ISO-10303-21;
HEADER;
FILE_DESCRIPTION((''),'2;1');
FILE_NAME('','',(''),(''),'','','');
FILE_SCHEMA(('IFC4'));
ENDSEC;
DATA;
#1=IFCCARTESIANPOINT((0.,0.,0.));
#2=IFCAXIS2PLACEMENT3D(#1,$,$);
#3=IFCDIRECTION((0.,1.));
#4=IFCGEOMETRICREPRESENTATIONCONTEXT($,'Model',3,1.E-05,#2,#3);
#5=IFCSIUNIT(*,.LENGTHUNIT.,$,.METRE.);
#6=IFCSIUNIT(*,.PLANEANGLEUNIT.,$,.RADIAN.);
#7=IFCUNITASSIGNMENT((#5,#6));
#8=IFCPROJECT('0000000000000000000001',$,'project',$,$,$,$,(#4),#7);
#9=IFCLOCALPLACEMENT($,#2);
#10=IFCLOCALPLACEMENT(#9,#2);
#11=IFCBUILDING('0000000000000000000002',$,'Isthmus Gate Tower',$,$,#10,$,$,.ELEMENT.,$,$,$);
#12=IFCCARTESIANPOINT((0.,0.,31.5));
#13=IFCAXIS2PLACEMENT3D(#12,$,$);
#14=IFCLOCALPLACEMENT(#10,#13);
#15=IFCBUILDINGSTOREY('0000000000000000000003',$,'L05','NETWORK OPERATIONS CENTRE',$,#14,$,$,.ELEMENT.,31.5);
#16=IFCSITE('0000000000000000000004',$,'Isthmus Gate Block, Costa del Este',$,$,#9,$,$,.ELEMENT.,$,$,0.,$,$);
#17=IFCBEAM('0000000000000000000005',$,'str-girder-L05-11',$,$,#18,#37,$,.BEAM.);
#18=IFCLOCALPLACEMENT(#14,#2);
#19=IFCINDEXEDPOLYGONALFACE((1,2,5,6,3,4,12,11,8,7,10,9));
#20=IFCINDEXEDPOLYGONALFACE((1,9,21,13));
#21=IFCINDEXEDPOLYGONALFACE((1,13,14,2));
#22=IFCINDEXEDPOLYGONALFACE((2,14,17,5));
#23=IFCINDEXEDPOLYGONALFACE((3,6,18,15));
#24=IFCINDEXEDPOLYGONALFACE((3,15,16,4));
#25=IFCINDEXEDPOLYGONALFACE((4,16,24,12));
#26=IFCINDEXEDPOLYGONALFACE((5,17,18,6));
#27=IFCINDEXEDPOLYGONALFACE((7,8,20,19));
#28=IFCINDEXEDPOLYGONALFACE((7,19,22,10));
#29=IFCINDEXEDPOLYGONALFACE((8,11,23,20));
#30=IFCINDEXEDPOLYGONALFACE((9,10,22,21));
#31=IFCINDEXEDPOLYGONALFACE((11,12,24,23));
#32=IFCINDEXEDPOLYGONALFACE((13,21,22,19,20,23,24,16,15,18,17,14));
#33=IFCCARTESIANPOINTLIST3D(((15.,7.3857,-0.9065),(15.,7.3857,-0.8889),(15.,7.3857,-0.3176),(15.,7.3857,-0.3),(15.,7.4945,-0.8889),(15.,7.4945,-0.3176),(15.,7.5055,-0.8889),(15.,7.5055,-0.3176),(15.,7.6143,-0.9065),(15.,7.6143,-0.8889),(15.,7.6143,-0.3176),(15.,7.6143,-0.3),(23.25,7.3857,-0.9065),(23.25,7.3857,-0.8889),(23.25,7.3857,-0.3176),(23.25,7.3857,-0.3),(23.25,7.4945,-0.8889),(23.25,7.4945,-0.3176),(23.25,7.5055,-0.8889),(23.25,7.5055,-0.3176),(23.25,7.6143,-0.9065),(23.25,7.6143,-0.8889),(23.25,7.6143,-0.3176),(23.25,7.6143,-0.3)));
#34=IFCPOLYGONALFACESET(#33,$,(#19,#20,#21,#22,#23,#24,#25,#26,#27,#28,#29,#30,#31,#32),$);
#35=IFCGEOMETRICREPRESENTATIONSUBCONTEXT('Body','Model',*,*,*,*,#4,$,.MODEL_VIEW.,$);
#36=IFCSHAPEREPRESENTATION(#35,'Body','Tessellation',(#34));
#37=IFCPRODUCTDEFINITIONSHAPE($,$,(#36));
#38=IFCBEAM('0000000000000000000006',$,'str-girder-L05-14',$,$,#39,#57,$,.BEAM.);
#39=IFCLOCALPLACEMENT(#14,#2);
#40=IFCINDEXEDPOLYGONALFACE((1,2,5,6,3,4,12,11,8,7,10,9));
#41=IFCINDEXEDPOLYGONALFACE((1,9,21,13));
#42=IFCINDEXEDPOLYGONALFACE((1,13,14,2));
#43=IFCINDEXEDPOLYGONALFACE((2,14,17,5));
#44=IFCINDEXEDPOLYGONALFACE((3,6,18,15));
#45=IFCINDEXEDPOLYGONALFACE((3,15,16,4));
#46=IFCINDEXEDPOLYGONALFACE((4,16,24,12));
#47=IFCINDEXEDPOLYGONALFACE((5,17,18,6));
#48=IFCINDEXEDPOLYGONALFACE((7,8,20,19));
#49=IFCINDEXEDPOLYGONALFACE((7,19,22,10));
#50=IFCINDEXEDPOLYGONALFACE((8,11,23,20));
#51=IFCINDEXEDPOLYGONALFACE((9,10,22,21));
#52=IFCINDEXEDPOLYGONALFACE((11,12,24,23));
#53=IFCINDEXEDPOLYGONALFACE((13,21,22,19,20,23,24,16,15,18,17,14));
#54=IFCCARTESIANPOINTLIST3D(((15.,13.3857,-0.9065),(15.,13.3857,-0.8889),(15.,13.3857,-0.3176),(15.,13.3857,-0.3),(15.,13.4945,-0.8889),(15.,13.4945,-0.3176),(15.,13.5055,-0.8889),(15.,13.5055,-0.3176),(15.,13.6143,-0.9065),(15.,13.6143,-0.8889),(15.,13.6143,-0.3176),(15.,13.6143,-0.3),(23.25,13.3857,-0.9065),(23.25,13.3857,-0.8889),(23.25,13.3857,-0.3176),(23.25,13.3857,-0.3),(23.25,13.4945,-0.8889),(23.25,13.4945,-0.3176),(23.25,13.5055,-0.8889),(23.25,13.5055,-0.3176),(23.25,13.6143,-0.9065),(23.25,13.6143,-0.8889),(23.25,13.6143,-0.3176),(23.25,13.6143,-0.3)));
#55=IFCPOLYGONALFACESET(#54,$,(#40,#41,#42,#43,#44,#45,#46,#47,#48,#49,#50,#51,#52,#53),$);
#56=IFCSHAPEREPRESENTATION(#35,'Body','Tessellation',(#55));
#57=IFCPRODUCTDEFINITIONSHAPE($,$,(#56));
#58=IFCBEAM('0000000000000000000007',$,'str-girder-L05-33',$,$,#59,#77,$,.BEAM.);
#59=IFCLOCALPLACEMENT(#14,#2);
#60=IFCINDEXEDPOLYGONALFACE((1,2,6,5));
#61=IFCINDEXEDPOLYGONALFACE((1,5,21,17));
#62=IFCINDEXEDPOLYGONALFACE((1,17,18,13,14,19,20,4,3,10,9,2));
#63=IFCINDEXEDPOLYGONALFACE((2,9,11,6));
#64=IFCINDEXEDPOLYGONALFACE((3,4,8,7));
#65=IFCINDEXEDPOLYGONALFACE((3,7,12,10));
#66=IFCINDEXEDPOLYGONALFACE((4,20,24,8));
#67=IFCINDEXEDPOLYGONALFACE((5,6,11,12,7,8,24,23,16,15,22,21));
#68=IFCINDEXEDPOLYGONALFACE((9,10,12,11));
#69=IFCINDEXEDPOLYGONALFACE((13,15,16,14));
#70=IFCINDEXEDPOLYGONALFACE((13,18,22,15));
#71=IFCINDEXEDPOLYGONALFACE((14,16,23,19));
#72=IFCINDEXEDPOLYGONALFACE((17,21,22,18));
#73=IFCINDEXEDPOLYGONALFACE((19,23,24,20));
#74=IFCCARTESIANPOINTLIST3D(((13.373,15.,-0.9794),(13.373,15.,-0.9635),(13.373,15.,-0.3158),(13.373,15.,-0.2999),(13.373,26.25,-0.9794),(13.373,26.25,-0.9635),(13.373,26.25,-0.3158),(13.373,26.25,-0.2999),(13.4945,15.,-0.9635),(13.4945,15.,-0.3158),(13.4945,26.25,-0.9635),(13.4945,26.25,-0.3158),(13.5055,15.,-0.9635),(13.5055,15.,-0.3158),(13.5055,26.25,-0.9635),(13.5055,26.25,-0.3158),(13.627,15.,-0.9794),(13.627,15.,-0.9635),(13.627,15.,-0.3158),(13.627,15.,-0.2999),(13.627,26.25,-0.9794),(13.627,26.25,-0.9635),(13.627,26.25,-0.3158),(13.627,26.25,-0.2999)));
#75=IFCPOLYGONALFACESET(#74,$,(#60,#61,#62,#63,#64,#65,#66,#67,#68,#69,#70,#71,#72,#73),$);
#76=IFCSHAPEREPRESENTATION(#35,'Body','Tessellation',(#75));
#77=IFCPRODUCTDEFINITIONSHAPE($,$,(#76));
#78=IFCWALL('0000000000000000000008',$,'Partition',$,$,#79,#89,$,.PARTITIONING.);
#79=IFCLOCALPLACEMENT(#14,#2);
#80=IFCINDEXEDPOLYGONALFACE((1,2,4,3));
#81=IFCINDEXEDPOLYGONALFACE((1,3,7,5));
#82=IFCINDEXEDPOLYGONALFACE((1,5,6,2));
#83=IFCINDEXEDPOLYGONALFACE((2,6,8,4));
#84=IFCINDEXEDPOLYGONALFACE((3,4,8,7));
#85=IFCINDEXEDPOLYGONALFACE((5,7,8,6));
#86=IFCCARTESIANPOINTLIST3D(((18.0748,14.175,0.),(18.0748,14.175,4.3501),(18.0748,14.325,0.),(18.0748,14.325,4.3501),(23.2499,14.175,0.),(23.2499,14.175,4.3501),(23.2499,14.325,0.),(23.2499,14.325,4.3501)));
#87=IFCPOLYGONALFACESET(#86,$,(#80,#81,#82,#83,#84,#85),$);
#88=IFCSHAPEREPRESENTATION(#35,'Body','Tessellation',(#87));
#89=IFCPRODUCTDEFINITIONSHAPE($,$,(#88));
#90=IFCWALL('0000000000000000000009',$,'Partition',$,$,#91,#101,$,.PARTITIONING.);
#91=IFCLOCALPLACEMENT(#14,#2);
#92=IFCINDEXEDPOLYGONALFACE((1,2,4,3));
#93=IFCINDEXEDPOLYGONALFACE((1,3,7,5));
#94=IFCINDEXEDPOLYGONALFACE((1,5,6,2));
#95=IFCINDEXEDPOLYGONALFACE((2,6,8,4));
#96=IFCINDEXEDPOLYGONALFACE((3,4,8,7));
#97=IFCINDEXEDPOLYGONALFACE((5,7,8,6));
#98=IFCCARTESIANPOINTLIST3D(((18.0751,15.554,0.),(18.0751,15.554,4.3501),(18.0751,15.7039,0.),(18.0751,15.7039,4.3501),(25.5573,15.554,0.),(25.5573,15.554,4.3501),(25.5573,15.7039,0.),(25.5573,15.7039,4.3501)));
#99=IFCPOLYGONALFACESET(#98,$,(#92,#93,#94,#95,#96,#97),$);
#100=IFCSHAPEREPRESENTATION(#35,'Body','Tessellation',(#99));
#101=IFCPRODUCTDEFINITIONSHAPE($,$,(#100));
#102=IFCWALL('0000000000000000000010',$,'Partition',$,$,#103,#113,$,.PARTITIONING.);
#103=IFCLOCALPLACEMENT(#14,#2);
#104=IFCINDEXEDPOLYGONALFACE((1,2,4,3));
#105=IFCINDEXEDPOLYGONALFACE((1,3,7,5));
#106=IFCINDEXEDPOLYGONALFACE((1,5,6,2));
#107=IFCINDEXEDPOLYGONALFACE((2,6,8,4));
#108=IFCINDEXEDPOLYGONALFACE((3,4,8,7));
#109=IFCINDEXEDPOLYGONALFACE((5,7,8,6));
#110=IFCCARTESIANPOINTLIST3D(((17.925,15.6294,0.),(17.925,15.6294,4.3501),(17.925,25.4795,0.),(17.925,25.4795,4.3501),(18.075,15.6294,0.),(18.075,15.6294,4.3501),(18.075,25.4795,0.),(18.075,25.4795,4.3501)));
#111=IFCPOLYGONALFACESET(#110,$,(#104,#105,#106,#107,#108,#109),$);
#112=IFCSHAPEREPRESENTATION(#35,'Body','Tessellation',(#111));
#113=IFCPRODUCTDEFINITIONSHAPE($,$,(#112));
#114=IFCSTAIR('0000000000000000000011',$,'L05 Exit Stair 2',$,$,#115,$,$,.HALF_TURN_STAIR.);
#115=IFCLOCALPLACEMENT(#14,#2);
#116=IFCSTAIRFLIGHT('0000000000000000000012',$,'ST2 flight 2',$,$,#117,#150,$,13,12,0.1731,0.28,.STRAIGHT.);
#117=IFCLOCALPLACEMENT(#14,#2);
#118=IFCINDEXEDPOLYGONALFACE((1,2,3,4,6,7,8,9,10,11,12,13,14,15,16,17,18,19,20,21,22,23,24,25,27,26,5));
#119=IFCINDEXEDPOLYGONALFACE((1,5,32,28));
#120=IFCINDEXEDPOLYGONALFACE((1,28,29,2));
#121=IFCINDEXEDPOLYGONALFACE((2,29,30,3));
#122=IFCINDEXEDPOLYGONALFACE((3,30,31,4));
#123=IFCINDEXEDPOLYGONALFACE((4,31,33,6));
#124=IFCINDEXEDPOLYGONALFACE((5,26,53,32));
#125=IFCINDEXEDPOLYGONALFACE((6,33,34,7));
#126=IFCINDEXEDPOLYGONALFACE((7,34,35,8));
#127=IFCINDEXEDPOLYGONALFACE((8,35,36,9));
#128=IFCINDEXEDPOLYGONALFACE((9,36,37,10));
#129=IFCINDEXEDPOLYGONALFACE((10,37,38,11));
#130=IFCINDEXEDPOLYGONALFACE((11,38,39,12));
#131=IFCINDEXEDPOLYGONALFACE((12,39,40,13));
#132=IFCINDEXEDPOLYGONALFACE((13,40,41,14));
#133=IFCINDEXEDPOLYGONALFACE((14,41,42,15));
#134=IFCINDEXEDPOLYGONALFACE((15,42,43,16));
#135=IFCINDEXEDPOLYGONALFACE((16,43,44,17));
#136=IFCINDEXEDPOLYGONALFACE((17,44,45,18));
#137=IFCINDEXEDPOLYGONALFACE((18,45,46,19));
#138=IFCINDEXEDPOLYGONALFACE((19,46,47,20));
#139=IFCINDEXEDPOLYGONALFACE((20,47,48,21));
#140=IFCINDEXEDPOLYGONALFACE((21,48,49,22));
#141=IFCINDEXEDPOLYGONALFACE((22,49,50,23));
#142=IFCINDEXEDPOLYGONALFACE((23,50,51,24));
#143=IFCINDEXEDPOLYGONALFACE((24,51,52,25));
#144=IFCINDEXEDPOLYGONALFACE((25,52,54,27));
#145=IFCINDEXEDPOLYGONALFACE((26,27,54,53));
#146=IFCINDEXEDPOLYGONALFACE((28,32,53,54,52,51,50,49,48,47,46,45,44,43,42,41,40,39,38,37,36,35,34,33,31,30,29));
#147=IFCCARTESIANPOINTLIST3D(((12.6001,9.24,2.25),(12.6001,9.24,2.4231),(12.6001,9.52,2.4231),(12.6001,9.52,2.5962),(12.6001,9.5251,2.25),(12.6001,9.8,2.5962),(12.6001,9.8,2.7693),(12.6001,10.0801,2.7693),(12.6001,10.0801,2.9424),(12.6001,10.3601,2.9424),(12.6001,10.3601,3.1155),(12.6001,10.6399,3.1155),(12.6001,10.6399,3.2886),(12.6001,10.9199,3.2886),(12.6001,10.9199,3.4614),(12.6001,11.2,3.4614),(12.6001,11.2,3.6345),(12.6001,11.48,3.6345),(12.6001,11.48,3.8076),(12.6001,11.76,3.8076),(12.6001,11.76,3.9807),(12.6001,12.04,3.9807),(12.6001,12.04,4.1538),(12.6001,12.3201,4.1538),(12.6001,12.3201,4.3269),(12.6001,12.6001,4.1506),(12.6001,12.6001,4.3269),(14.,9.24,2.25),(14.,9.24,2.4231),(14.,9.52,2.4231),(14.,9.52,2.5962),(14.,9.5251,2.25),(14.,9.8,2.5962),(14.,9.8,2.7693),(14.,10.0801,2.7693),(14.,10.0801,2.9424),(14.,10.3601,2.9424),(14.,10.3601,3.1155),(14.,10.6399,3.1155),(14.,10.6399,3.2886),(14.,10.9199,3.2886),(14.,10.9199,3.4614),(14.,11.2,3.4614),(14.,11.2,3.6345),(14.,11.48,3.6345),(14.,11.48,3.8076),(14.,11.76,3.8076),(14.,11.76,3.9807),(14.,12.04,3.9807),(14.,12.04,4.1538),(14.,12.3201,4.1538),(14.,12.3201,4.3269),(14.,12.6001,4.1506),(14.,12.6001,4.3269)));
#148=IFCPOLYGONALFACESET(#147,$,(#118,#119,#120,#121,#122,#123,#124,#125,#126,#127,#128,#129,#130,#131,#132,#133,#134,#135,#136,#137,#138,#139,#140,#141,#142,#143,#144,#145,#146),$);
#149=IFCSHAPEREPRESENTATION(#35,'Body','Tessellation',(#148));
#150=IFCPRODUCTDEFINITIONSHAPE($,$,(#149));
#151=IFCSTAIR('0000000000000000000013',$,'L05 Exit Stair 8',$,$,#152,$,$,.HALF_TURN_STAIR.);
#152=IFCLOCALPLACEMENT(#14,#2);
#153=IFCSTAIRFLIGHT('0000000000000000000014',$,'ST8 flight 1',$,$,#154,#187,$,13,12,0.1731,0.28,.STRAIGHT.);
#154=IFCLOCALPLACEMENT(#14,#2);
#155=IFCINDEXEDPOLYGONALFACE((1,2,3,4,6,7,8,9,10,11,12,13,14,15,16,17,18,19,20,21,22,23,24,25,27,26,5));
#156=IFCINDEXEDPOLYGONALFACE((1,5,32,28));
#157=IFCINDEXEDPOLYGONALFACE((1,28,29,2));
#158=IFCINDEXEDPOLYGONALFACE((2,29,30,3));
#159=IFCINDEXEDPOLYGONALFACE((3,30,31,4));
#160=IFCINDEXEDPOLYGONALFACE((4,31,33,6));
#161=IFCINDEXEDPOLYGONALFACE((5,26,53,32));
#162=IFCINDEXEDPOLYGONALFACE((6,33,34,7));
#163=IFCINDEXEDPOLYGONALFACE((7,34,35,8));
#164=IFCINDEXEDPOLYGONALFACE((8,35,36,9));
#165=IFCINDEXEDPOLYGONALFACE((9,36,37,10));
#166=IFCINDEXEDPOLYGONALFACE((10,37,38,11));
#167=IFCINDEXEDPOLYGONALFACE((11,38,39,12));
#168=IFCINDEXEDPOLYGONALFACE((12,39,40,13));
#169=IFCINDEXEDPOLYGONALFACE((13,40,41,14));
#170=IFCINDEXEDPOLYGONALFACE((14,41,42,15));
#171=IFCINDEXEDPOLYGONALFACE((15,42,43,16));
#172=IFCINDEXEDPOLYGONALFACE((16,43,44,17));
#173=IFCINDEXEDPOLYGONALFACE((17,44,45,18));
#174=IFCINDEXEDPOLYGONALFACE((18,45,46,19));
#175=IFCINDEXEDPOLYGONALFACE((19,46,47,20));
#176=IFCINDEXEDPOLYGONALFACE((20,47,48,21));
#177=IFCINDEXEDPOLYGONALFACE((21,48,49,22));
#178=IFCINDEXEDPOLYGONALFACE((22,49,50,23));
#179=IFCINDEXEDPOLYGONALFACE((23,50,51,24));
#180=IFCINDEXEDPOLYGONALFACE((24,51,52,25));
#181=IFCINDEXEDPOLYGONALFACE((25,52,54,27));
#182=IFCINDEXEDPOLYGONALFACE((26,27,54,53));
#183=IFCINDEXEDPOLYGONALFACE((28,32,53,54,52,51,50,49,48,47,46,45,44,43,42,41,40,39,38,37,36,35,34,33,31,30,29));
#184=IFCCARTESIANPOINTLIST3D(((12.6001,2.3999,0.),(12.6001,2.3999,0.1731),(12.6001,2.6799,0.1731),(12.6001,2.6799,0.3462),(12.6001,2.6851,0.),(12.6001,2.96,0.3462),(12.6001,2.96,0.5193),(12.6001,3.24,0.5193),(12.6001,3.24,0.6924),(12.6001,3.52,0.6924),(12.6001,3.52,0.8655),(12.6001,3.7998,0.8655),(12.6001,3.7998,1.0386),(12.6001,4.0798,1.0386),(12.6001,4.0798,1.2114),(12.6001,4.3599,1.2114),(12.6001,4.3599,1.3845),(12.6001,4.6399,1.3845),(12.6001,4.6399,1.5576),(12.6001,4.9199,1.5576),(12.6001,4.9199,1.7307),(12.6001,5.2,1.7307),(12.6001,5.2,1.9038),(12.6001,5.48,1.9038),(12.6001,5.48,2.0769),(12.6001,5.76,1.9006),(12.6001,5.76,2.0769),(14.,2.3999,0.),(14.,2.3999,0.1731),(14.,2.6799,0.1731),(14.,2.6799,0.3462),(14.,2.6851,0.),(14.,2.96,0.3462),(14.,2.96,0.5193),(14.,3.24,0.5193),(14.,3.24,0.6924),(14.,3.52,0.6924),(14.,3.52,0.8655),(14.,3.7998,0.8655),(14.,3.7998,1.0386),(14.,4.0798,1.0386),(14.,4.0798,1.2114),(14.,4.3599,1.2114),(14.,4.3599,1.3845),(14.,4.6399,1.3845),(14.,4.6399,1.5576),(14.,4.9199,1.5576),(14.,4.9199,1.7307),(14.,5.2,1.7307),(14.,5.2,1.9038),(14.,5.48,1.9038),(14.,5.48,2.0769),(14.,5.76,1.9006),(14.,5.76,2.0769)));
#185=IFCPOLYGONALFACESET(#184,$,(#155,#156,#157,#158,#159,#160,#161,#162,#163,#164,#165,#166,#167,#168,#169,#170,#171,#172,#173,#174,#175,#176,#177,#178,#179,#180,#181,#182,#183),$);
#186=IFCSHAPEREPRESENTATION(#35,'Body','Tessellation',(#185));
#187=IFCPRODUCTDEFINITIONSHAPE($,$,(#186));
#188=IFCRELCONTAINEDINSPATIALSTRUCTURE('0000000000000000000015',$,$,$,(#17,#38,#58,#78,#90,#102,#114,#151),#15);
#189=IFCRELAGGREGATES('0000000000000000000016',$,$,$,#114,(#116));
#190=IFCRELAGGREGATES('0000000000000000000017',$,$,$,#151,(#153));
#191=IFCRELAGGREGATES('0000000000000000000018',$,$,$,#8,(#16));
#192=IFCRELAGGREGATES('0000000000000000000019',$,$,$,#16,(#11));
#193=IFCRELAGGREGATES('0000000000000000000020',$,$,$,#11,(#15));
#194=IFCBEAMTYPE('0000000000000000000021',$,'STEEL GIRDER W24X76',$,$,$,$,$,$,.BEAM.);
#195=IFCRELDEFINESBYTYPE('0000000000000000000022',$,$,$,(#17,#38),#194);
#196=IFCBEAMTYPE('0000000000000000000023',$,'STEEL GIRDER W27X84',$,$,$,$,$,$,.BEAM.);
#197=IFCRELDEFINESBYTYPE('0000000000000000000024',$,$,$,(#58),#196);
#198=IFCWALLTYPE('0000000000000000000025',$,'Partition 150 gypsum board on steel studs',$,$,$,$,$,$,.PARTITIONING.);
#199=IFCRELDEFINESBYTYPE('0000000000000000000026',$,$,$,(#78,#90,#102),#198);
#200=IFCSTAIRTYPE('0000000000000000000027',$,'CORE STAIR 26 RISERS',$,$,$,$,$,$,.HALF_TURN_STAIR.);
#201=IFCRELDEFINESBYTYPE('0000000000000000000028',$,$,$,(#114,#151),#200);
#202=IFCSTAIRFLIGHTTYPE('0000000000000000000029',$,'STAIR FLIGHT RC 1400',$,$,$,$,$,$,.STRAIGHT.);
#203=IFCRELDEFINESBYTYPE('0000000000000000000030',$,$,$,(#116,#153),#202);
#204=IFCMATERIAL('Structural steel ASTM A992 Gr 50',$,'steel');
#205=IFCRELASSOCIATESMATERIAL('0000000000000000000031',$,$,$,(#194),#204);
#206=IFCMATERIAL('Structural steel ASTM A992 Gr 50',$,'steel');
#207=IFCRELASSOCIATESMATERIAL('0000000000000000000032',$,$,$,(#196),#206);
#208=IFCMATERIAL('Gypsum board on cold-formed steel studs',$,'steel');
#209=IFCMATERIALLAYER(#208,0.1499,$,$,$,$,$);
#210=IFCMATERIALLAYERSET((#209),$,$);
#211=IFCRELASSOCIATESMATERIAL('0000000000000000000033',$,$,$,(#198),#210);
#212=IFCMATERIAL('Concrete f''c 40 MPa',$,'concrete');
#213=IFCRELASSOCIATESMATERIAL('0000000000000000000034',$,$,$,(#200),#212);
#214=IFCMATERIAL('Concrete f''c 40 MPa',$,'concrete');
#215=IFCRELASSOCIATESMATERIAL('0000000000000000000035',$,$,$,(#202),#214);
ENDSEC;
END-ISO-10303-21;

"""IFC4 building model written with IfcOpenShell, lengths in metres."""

from ifc_helpers import new_model, si_unit, direction, frame, frame_2d, origin, origin_2d, place, context, subcontext, project, spatial, polyline, rectangle, i_section, outline, extrude, material, layer, layer_set, material_profile, profile_set, type_object, element, aggregate, save


model = new_model("IFC4")

# Units and contexts
model_context = context("Model", 3, precision=1e-05, world=origin(), true_north=direction((0.0, 1.0)))
body_context = subcontext(model_context, "Body", "Model", "MODEL_VIEW")
ifc_project = project(units=[si_unit("LENGTHUNIT", "METRE"), si_unit("PLANEANGLEUNIT", "RADIAN")], contexts=[model_context])

# Site, building, storey
site_placement = place(None, origin())
site = spatial("IfcSite", under=ifc_project, at=site_placement, Name="Isthmus Gate Block, Costa del Este", CompositionType="ELEMENT", RefElevation=0.0)
building_placement = place(site_placement, origin())
building = spatial("IfcBuilding", under=site, at=building_placement, Name="Isthmus Gate Tower", CompositionType="ELEMENT")
storey_placement = place(building_placement, frame((0.0, 0.0, 31.5)))
storey = spatial("IfcBuildingStorey", under=building, at=storey_placement, Name="L05", Description="NETWORK OPERATIONS CENTRE", CompositionType="ELEMENT", Elevation=31.5)

# Beams
ifc_material_1 = material(Name="Structural steel ASTM A992 Gr 50", Category="steel")
ifc_material_profile_1 = material_profile(ifc_material_1, i_section(OverallWidth=0.2285, OverallDepth=0.6064, WebThickness=0.011, FlangeThickness=0.0176, at=origin_2d()), Name="W24X76")
ifc_profile_set_1 = profile_set([ifc_material_profile_1], Name="Structural steel ASTM A992 Gr 50")
beam_type_1 = type_object("IfcBeamType", Name="STEEL GIRDER W24X76", PredefinedType="BEAM", material=ifc_profile_set_1)
for number, where, z_axis, x_axis, name in (
    (1, (15.0, 7.5, -0.6033), (1.0, 0.0, 0.0), (0.0, 1.0, 0.0), "str-girder-L05-11"),
    (2, (15.0, 13.5, -0.6033), (1.0, 0.0, 0.0), (0.0, 1.0, 0.0), "str-girder-L05-14"),
):
    element("IfcBeam", number, at=place(storey_placement, frame(where, z_axis=z_axis, x_axis=x_axis)), inside=storey, type_object=beam_type_1, Name=name, PredefinedType="BEAM", context=body_context, shape_type="SweptSolid", body=[
        extrude(i_section(OverallWidth=0.2285, OverallDepth=0.6064, WebThickness=0.011, FlangeThickness=0.0176, at=origin_2d()), origin(), (0.0, 0.0, 1.0), 8.25),
    ])
ifc_material_2 = material(Name="Structural steel ASTM A992 Gr 50", Category="steel")
ifc_material_profile_2 = material_profile(ifc_material_2, i_section(OverallWidth=0.2539, OverallDepth=0.6794, WebThickness=0.011, FlangeThickness=0.0159, at=origin_2d()), Name="W27X84")
ifc_profile_set_2 = profile_set([ifc_material_profile_2], Name="Structural steel ASTM A992 Gr 50")
beam_type_2 = type_object("IfcBeamType", Name="STEEL GIRDER W27X84", PredefinedType="BEAM", material=ifc_profile_set_2)
beam_1_placement = place(storey_placement, frame((13.5, 15.0, -0.6396), z_axis=(0.0, 1.0, 0.0), x_axis=(-1.0, 0.0, 0.0)))
element("IfcBeam", 3, at=beam_1_placement, inside=storey, type_object=beam_type_2, Name="str-girder-L05-33", PredefinedType="BEAM", context=body_context, shape_type="SweptSolid", body=[
    extrude(i_section(OverallWidth=0.2539, OverallDepth=0.6794, WebThickness=0.011, FlangeThickness=0.0159, at=origin_2d()), origin(), (0.0, 0.0, 1.0), 11.25),
])

# Walls
ifc_material_3 = material(Name="Gypsum board on cold-formed steel studs", Category="steel")
ifc_layer = layer(ifc_material_3, 0.1499)
ifc_layer_set = layer_set([ifc_layer])
wall_type = type_object("IfcWallType", Name="Partition 150 gypsum board on steel studs", PredefinedType="PARTITIONING", material=ifc_layer_set)
wall_1_placement = place(storey_placement, frame((18.075, 14.25, 0.0), z_axis=(0.0, 0.0, 1.0), x_axis=(1.0, 0.0, 0.0)))
element("IfcWall", 4, at=wall_1_placement, inside=storey, type_object=wall_type, Name="Partition", PredefinedType="PARTITIONING", context=body_context, shape_type="SweptSolid", body=[
    extrude(rectangle(XDim=5.175, YDim=0.1499, at=frame_2d((2.5874, 0.0))), origin(), (0.0, 0.0, 1.0), 4.3501),
])
wall_2_placement = place(storey_placement, frame((18.075, 15.6289, 0.0), z_axis=(0.0, 0.0, 1.0), x_axis=(1.0, 0.0, 0.0)))
element("IfcWall", 5, at=wall_2_placement, inside=storey, type_object=wall_type, Name="Partition", PredefinedType="PARTITIONING", context=body_context, shape_type="SweptSolid", body=[
    extrude(rectangle(XDim=7.4822, YDim=0.1499, at=frame_2d((3.7412, 0.0))), origin(), (0.0, 0.0, 1.0), 4.3501),
])
wall_3_placement = place(storey_placement, frame((18.0, 15.6294, 0.0), z_axis=(0.0, 0.0, 1.0), x_axis=(0.0, 1.0, 0.0)))
element("IfcWall", 6, at=wall_3_placement, inside=storey, type_object=wall_type, Name="Partition", PredefinedType="PARTITIONING", context=body_context, shape_type="SweptSolid", body=[
    extrude(rectangle(XDim=9.8501, YDim=0.1499, at=frame_2d((4.925, 0.0))), origin(), (0.0, 0.0, 1.0), 4.3501),
])

# Stairs, stair flights
ifc_material_4 = material(Name="Concrete f'c 40 MPa", Category="concrete")
stair_type = type_object("IfcStairType", Name="CORE STAIR 26 RISERS", PredefinedType="HALF_TURN_STAIR", material=ifc_material_4)
stair_1_placement = place(storey_placement, origin())
stair_1 = element("IfcStair", 7, at=stair_1_placement, inside=storey, type_object=stair_type, Name="L05 Exit Stair 2", PredefinedType="HALF_TURN_STAIR")
ifc_material_5 = material(Name="Concrete f'c 40 MPa", Category="concrete")
stair_flight_type = type_object("IfcStairFlightType", Name="STAIR FLIGHT RC 1400", PredefinedType="STRAIGHT", material=ifc_material_5)
stair_flight_1_placement = place(storey_placement, frame((13.3, 9.24, 2.25), z_axis=(0.0, 0.0, 1.0), x_axis=(0.0, 1.0, 0.0)))
stair_flight_1 = element("IfcStairFlight", 8, at=stair_flight_1_placement, type_object=stair_flight_type, Name="ST2 flight 2", NumberOfRisers=13, NumberOfTreads=12, PredefinedType="STRAIGHT", RiserHeight=0.1731, TreadLength=0.28, context=body_context, shape_type="SweptSolid", body=[
    extrude(outline(polyline([(0.0, 0.0), (0.0, 0.1731), (0.28, 0.1731), (0.28, 0.3462), (0.5601, 0.3462), (0.5601, 0.5193), (0.8401, 0.5193), (0.8401, 0.6924), (1.1201, 0.6924), (1.1201, 0.8655), (1.3999, 0.8655), (1.3999, 1.0386), (1.6799, 1.0386), (1.6799, 1.2114), (1.96, 1.2114), (1.96, 1.3845), (2.24, 1.3845), (2.24, 1.5576), (2.52, 1.5576), (2.52, 1.7307), (2.8, 1.7307), (2.8, 1.9038), (3.0801, 1.9038), (3.0801, 2.0769), (3.3601, 2.0769), (3.3601, 2.25), (3.3601, 1.9006), (0.2852, 0.0), (0.0, 0.0)])), frame((0.0, 0.7, 0.0), z_axis=(0.0, -1.0, 0.0), x_axis=(1.0, 0.0, 0.0)), (0.0, 0.0, 1.0), 1.3999),
])
aggregate(stair_1, [stair_flight_1])
stair_2_placement = place(storey_placement, origin())
stair_2 = element("IfcStair", 9, at=stair_2_placement, inside=storey, type_object=stair_type, Name="L05 Exit Stair 8", PredefinedType="HALF_TURN_STAIR")
stair_flight_2_placement = place(storey_placement, frame((13.3, 2.3999, 0.0), z_axis=(0.0, 0.0, 1.0), x_axis=(0.0, 1.0, 0.0)))
stair_flight_2 = element("IfcStairFlight", 10, at=stair_flight_2_placement, type_object=stair_flight_type, Name="ST8 flight 1", NumberOfRisers=13, NumberOfTreads=12, PredefinedType="STRAIGHT", RiserHeight=0.1731, TreadLength=0.28, context=body_context, shape_type="SweptSolid", body=[
    extrude(outline(polyline([(0.0, 0.0), (0.0, 0.1731), (0.28, 0.1731), (0.28, 0.3462), (0.5601, 0.3462), (0.5601, 0.5193), (0.8401, 0.5193), (0.8401, 0.6924), (1.1201, 0.6924), (1.1201, 0.8655), (1.3999, 0.8655), (1.3999, 1.0386), (1.6799, 1.0386), (1.6799, 1.2114), (1.96, 1.2114), (1.96, 1.3845), (2.24, 1.3845), (2.24, 1.5576), (2.52, 1.5576), (2.52, 1.7307), (2.8, 1.7307), (2.8, 1.9038), (3.0801, 1.9038), (3.0801, 2.0769), (3.3601, 2.0769), (3.3601, 2.25), (3.3601, 1.9006), (0.2852, 0.0), (0.0, 0.0)])), frame((0.0, 0.7, 0.0), z_axis=(0.0, -1.0, 0.0), x_axis=(1.0, 0.0, 0.0)), (0.0, 0.0, 1.0), 1.3999),
])
aggregate(stair_2, [stair_flight_2])

save(model, "model.ifc")
